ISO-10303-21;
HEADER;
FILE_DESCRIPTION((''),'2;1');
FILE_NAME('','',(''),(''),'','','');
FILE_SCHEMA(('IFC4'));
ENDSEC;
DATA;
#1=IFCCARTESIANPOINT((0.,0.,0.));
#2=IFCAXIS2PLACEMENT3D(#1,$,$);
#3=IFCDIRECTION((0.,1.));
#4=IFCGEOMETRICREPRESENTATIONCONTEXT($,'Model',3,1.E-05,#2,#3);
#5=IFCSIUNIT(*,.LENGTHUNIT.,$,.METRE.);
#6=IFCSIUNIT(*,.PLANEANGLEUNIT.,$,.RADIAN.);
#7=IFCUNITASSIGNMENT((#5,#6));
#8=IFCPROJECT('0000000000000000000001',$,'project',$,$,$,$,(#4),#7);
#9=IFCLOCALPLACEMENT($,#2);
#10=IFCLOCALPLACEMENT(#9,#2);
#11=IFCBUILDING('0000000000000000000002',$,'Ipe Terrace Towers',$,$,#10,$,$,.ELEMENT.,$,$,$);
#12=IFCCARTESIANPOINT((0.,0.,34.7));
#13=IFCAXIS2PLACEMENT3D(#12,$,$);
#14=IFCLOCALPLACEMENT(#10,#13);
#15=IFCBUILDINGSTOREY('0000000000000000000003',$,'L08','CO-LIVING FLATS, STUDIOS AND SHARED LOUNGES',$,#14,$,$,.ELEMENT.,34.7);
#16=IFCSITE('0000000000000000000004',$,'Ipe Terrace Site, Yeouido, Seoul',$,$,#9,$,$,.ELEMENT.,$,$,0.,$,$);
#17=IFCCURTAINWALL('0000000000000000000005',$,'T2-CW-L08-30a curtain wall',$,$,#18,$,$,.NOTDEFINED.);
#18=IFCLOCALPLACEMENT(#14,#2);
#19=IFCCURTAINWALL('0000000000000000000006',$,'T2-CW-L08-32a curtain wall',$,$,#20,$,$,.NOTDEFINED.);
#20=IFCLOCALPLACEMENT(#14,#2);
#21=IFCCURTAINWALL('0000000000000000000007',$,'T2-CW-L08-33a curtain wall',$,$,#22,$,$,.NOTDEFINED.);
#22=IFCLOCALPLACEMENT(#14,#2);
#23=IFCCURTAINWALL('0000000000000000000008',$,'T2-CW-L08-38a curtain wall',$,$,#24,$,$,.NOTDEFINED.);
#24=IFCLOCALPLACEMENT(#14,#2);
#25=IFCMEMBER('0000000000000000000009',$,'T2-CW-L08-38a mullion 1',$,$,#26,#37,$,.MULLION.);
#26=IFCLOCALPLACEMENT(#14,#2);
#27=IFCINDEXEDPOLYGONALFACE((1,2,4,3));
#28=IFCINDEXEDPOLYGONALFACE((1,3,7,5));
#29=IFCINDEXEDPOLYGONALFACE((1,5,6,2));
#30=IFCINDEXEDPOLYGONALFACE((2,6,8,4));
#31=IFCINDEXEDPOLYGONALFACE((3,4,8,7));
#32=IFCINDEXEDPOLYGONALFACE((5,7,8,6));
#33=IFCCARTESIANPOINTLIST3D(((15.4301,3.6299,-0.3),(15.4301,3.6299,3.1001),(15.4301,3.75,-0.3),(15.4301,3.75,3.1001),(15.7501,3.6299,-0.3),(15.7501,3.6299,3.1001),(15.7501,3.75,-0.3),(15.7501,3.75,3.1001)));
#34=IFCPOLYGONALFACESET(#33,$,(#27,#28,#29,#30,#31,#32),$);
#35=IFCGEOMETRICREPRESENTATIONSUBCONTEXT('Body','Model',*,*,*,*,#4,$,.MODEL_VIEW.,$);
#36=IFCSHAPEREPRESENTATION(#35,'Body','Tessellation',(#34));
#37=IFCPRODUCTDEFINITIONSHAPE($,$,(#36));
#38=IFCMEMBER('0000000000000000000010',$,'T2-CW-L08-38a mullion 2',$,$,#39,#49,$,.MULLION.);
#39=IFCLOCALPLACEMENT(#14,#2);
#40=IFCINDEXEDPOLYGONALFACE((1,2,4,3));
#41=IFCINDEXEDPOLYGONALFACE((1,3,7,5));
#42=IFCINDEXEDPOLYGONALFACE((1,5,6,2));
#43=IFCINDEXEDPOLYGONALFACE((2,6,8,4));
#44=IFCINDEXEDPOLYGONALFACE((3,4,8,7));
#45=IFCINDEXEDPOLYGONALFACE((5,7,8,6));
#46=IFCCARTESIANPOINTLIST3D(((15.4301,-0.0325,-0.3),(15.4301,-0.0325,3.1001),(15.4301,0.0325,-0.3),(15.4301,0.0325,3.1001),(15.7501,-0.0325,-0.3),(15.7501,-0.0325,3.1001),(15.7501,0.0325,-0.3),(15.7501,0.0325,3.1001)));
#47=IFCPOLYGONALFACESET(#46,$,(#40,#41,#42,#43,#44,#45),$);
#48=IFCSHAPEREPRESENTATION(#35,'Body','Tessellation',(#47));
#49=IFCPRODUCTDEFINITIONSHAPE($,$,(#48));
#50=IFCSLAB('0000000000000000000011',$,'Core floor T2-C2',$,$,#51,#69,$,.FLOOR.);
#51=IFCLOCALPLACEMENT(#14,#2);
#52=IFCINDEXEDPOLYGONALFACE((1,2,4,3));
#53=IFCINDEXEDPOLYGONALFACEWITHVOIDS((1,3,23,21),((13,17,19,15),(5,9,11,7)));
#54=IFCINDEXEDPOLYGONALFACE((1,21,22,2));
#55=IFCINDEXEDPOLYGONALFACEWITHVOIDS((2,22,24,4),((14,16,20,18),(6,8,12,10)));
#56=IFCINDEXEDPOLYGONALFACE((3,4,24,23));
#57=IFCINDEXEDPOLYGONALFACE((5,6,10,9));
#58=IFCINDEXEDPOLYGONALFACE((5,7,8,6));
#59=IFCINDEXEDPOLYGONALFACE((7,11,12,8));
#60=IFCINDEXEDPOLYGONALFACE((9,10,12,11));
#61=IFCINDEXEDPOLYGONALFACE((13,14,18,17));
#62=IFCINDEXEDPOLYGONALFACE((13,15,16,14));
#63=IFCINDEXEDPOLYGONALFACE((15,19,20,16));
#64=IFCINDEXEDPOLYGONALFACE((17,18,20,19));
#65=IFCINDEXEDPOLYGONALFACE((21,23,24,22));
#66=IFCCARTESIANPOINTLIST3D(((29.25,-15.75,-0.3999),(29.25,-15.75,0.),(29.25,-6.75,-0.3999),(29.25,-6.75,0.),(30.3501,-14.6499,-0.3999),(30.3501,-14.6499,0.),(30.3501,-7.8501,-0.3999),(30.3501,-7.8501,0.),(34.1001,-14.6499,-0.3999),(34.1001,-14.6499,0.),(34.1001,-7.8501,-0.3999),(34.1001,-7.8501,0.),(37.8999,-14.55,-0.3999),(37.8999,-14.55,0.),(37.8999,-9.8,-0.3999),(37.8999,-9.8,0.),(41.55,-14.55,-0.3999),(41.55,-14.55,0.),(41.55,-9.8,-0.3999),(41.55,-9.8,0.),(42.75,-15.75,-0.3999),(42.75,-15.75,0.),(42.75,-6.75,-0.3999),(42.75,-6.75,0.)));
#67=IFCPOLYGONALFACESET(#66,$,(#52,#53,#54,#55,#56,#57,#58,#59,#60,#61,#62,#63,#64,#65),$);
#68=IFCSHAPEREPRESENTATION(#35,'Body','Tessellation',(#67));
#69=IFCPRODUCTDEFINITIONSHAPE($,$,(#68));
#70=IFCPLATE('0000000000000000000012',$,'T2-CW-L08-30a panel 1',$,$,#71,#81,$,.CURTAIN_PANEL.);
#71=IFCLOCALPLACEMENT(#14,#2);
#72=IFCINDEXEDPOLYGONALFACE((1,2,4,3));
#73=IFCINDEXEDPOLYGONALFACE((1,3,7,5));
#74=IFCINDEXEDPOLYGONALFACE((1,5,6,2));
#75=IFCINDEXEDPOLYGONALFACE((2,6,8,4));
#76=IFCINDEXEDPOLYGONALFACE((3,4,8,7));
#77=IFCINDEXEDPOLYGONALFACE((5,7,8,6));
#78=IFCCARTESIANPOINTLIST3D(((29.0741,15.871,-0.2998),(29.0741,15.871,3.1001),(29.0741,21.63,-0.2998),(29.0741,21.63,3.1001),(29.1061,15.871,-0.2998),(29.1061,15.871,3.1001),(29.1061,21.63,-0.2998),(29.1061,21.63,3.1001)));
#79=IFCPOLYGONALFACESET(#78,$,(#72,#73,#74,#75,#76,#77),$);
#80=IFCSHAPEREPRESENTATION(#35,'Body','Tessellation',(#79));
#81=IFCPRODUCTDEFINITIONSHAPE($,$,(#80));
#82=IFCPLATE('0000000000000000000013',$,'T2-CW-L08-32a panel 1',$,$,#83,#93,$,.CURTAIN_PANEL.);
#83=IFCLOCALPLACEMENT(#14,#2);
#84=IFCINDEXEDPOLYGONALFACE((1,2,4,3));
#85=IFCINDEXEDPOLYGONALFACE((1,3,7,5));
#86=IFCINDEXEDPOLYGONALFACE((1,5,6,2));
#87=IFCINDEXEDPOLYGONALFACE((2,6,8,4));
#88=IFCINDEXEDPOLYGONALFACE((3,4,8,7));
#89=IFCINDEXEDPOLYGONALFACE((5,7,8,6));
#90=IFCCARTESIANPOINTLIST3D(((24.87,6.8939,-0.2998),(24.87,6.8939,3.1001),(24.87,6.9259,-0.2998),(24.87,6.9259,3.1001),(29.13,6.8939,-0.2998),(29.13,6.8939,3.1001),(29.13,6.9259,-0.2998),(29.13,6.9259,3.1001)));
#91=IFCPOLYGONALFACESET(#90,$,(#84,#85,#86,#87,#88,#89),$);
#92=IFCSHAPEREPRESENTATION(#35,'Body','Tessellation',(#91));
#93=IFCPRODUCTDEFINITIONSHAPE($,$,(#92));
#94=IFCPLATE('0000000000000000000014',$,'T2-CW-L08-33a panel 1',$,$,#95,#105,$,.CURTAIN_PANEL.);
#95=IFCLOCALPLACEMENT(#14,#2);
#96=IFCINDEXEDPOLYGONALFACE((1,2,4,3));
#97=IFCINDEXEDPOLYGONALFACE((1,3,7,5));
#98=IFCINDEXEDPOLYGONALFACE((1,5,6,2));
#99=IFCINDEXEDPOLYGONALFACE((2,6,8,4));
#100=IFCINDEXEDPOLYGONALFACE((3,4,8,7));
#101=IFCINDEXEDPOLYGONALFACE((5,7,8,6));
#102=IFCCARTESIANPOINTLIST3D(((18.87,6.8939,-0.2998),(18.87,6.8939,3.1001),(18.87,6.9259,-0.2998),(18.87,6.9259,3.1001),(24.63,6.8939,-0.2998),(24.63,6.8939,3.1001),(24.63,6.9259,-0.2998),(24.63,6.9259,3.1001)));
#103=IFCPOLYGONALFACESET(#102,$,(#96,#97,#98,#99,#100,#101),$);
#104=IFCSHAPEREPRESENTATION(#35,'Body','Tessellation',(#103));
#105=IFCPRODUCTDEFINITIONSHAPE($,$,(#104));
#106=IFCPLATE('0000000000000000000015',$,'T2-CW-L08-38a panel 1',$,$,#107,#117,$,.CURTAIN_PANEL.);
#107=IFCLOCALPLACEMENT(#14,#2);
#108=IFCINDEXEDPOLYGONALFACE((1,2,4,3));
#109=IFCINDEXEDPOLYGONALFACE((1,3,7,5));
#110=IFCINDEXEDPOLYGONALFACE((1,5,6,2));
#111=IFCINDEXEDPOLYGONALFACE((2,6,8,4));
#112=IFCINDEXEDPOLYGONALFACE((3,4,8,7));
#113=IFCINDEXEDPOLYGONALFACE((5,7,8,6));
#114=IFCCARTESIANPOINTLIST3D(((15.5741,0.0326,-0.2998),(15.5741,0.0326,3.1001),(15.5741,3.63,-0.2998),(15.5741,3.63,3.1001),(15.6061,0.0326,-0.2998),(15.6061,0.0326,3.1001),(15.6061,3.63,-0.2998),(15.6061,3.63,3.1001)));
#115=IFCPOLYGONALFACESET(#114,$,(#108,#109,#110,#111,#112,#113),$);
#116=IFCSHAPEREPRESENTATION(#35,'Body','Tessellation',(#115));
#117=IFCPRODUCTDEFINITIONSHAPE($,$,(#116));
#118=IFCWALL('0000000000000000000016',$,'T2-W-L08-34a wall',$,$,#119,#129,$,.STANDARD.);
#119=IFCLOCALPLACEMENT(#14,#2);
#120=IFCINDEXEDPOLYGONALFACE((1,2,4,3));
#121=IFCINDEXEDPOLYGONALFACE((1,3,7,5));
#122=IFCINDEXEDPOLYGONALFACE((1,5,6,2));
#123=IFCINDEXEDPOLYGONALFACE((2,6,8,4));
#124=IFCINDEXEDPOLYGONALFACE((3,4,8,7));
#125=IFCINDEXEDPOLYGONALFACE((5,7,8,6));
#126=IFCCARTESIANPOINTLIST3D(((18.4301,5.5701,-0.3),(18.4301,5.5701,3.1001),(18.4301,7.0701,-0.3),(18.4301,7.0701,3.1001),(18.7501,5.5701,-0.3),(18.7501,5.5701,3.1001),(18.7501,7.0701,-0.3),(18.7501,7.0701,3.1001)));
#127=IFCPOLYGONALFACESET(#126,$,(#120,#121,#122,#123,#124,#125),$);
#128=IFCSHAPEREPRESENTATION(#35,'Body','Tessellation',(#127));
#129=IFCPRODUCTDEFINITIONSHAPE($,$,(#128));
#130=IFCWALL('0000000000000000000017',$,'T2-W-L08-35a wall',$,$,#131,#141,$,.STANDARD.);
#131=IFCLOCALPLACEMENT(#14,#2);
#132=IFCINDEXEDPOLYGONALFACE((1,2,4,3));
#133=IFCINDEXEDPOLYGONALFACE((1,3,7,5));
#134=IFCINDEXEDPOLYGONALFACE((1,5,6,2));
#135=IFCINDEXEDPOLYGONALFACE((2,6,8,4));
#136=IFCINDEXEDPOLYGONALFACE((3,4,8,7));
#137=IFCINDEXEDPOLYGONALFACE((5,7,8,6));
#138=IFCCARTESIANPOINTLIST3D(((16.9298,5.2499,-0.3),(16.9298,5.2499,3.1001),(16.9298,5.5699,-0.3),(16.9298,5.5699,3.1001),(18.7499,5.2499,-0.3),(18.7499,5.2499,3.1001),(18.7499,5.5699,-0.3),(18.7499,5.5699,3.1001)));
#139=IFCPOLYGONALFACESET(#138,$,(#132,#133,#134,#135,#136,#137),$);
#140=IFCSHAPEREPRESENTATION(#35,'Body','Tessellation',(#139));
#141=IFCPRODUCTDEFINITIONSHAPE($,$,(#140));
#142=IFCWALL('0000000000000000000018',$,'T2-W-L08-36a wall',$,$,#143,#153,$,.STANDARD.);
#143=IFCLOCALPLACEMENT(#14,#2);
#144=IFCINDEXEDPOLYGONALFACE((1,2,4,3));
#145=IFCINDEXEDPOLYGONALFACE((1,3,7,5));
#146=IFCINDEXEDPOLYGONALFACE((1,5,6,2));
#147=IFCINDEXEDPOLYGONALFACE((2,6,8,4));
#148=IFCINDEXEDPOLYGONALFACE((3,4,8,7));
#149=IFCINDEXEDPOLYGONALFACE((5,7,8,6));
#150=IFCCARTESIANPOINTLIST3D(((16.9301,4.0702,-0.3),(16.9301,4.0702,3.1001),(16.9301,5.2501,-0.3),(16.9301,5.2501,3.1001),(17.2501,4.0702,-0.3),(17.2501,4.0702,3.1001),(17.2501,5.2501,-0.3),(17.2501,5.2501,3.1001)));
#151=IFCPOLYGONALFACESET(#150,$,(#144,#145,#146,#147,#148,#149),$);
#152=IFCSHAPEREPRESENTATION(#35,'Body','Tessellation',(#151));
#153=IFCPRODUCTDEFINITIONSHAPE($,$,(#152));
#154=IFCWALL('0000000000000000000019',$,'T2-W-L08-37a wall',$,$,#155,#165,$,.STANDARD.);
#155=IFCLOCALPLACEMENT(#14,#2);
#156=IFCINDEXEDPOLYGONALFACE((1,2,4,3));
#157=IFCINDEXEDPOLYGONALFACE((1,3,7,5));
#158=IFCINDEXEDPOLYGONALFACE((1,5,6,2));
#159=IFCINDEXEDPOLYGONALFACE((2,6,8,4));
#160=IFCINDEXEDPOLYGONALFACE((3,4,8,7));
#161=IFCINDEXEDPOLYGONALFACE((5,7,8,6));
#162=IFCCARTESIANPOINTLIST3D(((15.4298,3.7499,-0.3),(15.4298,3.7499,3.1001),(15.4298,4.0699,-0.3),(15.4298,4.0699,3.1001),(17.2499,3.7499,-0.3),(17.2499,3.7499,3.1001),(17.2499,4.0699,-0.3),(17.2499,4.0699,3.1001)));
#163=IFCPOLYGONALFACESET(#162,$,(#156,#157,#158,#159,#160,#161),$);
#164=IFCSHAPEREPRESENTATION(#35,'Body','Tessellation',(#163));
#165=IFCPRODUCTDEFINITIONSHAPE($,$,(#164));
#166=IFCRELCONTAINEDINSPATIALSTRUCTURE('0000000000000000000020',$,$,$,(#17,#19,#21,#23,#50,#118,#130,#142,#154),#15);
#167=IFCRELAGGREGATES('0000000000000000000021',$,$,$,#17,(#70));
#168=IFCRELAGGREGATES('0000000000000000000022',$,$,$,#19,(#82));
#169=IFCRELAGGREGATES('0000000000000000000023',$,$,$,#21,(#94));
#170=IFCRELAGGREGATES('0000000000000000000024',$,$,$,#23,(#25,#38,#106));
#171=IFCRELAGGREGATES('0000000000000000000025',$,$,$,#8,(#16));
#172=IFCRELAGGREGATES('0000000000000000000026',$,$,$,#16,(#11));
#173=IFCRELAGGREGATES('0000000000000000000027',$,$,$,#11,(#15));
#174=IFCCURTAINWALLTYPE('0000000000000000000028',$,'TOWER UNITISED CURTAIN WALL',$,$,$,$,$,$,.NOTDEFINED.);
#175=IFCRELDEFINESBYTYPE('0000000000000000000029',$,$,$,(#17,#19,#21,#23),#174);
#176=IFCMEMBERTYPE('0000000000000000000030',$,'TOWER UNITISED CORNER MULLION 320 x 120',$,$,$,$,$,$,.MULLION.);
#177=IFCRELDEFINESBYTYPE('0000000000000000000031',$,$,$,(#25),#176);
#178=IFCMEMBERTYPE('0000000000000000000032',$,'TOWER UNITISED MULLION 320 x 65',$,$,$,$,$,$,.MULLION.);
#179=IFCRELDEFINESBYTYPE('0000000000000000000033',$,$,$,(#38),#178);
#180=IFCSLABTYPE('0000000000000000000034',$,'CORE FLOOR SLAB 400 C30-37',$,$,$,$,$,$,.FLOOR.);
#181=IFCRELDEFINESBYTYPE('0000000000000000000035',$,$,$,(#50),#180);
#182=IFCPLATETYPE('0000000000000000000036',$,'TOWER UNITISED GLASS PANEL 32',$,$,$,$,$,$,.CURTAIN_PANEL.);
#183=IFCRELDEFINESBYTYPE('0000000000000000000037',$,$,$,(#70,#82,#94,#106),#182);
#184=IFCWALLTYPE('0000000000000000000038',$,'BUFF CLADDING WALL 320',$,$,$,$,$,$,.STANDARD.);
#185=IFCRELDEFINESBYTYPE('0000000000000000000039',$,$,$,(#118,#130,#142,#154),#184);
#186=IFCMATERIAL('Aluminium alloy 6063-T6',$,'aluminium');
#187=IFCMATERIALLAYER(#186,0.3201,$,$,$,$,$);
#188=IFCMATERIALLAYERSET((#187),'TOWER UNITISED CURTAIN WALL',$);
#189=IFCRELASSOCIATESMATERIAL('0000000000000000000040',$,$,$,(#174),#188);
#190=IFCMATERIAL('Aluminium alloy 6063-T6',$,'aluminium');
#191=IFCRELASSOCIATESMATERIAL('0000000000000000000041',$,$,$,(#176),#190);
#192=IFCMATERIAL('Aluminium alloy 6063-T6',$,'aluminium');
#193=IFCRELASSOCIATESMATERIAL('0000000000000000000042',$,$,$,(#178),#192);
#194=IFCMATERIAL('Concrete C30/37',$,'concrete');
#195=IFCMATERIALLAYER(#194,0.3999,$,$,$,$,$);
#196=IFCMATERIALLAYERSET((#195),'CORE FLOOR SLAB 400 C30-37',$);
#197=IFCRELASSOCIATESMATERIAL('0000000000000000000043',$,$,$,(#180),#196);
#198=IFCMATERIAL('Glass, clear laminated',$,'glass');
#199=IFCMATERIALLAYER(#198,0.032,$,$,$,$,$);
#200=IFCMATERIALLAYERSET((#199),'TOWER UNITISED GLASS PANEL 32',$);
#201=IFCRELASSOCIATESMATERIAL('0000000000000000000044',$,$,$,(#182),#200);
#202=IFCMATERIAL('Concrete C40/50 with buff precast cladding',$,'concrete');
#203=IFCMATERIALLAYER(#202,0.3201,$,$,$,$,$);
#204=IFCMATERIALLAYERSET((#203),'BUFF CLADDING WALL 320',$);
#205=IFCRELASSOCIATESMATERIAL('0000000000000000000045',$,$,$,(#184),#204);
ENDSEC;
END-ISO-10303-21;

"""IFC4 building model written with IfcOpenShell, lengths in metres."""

from ifc_helpers import new_model, si_unit, direction, frame, frame_2d, origin, origin_2d, place, context, subcontext, project, spatial, polyline, rectangle, outline, extrude, material, layer, layer_set, material_profile, profile_set, type_object, element, aggregate, save


model = new_model("IFC4")

# Units and contexts
model_context = context("Model", 3, precision=1e-05, world=origin(), true_north=direction((0.0, 1.0)))
body_context = subcontext(model_context, "Body", "Model", "MODEL_VIEW")
ifc_project = project(units=[si_unit("LENGTHUNIT", "METRE"), si_unit("PLANEANGLEUNIT", "RADIAN")], contexts=[model_context])

# Site, building, storey
site_placement = place(None, origin())
site = spatial("IfcSite", under=ifc_project, at=site_placement, Name="Ipe Terrace Site, Yeouido, Seoul", CompositionType="ELEMENT", RefElevation=0.0)
building_placement = place(site_placement, origin())
building = spatial("IfcBuilding", under=site, at=building_placement, Name="Ipe Terrace Towers", CompositionType="ELEMENT")
storey_placement = place(building_placement, frame((0.0, 0.0, 34.7)))
storey = spatial("IfcBuildingStorey", under=building, at=storey_placement, Name="L08", Description="CO-LIVING FLATS, STUDIOS AND SHARED LOUNGES", CompositionType="ELEMENT", Elevation=34.7)

# Curtain walls
ifc_material_1 = material(Name="Aluminium alloy 6063-T6", Category="aluminium")
ifc_layer_1 = layer(ifc_material_1, 0.3201)
ifc_layer_set_1 = layer_set([ifc_layer_1], Name="TOWER UNITISED CURTAIN WALL")
curtain_wall_type = type_object("IfcCurtainWallType", Name="TOWER UNITISED CURTAIN WALL", PredefinedType="NOTDEFINED", material=ifc_layer_set_1)
curtain_wall_1_placement = place(storey_placement, origin())
curtain_wall_1 = element("IfcCurtainWall", 1, at=curtain_wall_1_placement, inside=storey, type_object=curtain_wall_type, Name="T2-CW-L08-30a curtain wall", PredefinedType="NOTDEFINED")
ifc_material_2 = material(Name="Aluminium alloy 6063-T6", Category="aluminium")
ifc_material_profile_1 = material_profile(ifc_material_2, rectangle(XDim=0.3201, YDim=0.1201, at=origin_2d()), Name="TOWER UNITISED CORNER MULLION 320 x 120")
ifc_profile_set_1 = profile_set([ifc_material_profile_1], Name="Aluminium alloy 6063-T6")
member_type_1 = type_object("IfcMemberType", Name="TOWER UNITISED CORNER MULLION 320 x 120", PredefinedType="MULLION", material=ifc_profile_set_1)
curtain_wall_2_placement = place(storey_placement, origin())
curtain_wall_2 = element("IfcCurtainWall", 2, at=curtain_wall_2_placement, inside=storey, type_object=curtain_wall_type, Name="T2-CW-L08-32a curtain wall", PredefinedType="NOTDEFINED")

# Curtain walls, members
curtain_wall_3_placement = place(storey_placement, origin())
curtain_wall_3 = element("IfcCurtainWall", 3, at=curtain_wall_3_placement, inside=storey, type_object=curtain_wall_type, Name="T2-CW-L08-33a curtain wall", PredefinedType="NOTDEFINED")
curtain_wall_4_placement = place(storey_placement, origin())
curtain_wall_4 = element("IfcCurtainWall", 4, at=curtain_wall_4_placement, inside=storey, type_object=curtain_wall_type, Name="T2-CW-L08-38a curtain wall", PredefinedType="NOTDEFINED")
member_1_placement = place(storey_placement, frame((15.5901, 3.6899, -0.3), z_axis=(0.0, 0.0, 1.0), x_axis=(-1.0, 0.0, 0.0)))
member_1 = element("IfcMember", 5, at=member_1_placement, type_object=member_type_1, Name="T2-CW-L08-38a mullion 1", PredefinedType="MULLION", context=body_context, shape_type="SweptSolid", body=[
    extrude(rectangle(XDim=0.3201, YDim=0.1201, at=origin_2d()), origin(), (0.0, 0.0, 1.0), 3.4001),
])
ifc_material_3 = material(Name="Aluminium alloy 6063-T6", Category="aluminium")
ifc_material_profile_2 = material_profile(ifc_material_3, rectangle(XDim=0.3201, YDim=0.0649, at=origin_2d()), Name="TOWER UNITISED MULLION 320 x 65")
ifc_profile_set_2 = profile_set([ifc_material_profile_2], Name="Aluminium alloy 6063-T6")
member_type_2 = type_object("IfcMemberType", Name="TOWER UNITISED MULLION 320 x 65", PredefinedType="MULLION", material=ifc_profile_set_2)
member_2_placement = place(storey_placement, frame((15.5901, 0.0, -0.3), z_axis=(0.0, 0.0, 1.0), x_axis=(-1.0, 0.0, 0.0)))
member_2 = element("IfcMember", 6, at=member_2_placement, type_object=member_type_2, Name="T2-CW-L08-38a mullion 2", PredefinedType="MULLION", context=body_context, shape_type="SweptSolid", body=[
    extrude(rectangle(XDim=0.3201, YDim=0.0649, at=origin_2d()), origin(), (0.0, 0.0, 1.0), 3.4001),
])

# Slab
ifc_material_4 = material(Name="Concrete C30/37", Category="concrete")
ifc_layer_2 = layer(ifc_material_4, 0.3999)
ifc_layer_set_2 = layer_set([ifc_layer_2], Name="CORE FLOOR SLAB 400 C30-37")
slab_type = type_object("IfcSlabType", Name="CORE FLOOR SLAB 400 C30-37", PredefinedType="FLOOR", material=ifc_layer_set_2)
slab_placement = place(storey_placement, frame((0.0, 0.0, -0.3999)))
element("IfcSlab", 7, at=slab_placement, inside=storey, type_object=slab_type, Name="Core floor T2-C2", PredefinedType="FLOOR", context=body_context, shape_type="SweptSolid", body=[
    extrude(outline(polyline([(29.25, -15.75), (29.25, -6.75), (42.75, -6.75), (42.75, -15.75), (29.25, -15.75)]), holes=[polyline([(34.1001, -14.6499), (34.1001, -7.8501), (30.3501, -7.8501), (30.3501, -14.6499), (34.1001, -14.6499)]), polyline([(41.55, -9.8), (37.8999, -9.8), (37.8999, -14.55), (41.55, -14.55), (41.55, -9.8)])]), origin(), (0.0, 0.0, 1.0), 0.3999),
])

# Plates
ifc_material_5 = material(Name="Glass, clear laminated", Category="glass")
ifc_layer_3 = layer(ifc_material_5, 0.032)
ifc_layer_set_3 = layer_set([ifc_layer_3], Name="TOWER UNITISED GLASS PANEL 32")
plate_type = type_object("IfcPlateType", Name="TOWER UNITISED GLASS PANEL 32", PredefinedType="CURTAIN_PANEL", material=ifc_layer_set_3)
plate_1_placement = place(storey_placement, frame((29.0901, 18.7505, -0.2998), z_axis=(0.0, 0.0, 1.0), x_axis=(0.0, -1.0, 0.0)))
plate_1 = element("IfcPlate", 8, at=plate_1_placement, type_object=plate_type, Name="T2-CW-L08-30a panel 1", PredefinedType="CURTAIN_PANEL", context=body_context, shape_type="SweptSolid", body=[
    extrude(rectangle(XDim=5.759, YDim=0.032, at=origin_2d()), origin(), (0.0, 0.0, 1.0), 3.3999),
])
aggregate(curtain_wall_1, [plate_1])
plate_2_placement = place(storey_placement, frame((27.0, 6.9099, -0.2998), z_axis=(0.0, 0.0, 1.0), x_axis=(-1.0, 0.0, 0.0)))
plate_2 = element("IfcPlate", 9, at=plate_2_placement, type_object=plate_type, Name="T2-CW-L08-32a panel 1", PredefinedType="CURTAIN_PANEL", context=body_context, shape_type="SweptSolid", body=[
    extrude(rectangle(XDim=4.26, YDim=0.032, at=origin_2d()), origin(), (0.0, 0.0, 1.0), 3.3999),
])
aggregate(curtain_wall_2, [plate_2])
plate_3_placement = place(storey_placement, frame((21.75, 6.9099, -0.2998), z_axis=(0.0, 0.0, 1.0), x_axis=(-1.0, 0.0, 0.0)))
plate_3 = element("IfcPlate", 10, at=plate_3_placement, type_object=plate_type, Name="T2-CW-L08-33a panel 1", PredefinedType="CURTAIN_PANEL", context=body_context, shape_type="SweptSolid", body=[
    extrude(rectangle(XDim=5.76, YDim=0.032, at=origin_2d()), origin(), (0.0, 0.0, 1.0), 3.3999),
])
aggregate(curtain_wall_3, [plate_3])
plate_4_placement = place(storey_placement, frame((15.5901, 1.8313, -0.2998), z_axis=(0.0, 0.0, 1.0), x_axis=(0.0, -1.0, 0.0)))
plate_4 = element("IfcPlate", 11, at=plate_4_placement, type_object=plate_type, Name="T2-CW-L08-38a panel 1", PredefinedType="CURTAIN_PANEL", context=body_context, shape_type="SweptSolid", body=[
    extrude(rectangle(XDim=3.5974, YDim=0.032, at=origin_2d()), origin(), (0.0, 0.0, 1.0), 3.3999),
])
aggregate(curtain_wall_4, [member_1, member_2, plate_4])

# Walls
ifc_material_6 = material(Name="Concrete C40/50 with buff precast cladding", Category="concrete")
ifc_layer_4 = layer(ifc_material_6, 0.3201)
ifc_layer_set_4 = layer_set([ifc_layer_4], Name="BUFF CLADDING WALL 320")
wall_type_1 = type_object("IfcWallType", Name="BUFF CLADDING WALL 320", PredefinedType="STANDARD", material=ifc_layer_set_4)
wall_1_placement = place(storey_placement, frame((18.5901, 7.0701, -0.3), z_axis=(0.0, 0.0, 1.0), x_axis=(0.0, -1.0, 0.0)))
element("IfcWall", 12, at=wall_1_placement, inside=storey, type_object=wall_type_1, Name="T2-W-L08-34a wall", PredefinedType="STANDARD", context=body_context, shape_type="SweptSolid", body=[
    extrude(rectangle(XDim=1.5, YDim=0.3201, at=frame_2d((0.75, 0.0))), origin(), (0.0, 0.0, 1.0), 3.4001),
])
wall_2_placement = place(storey_placement, frame((18.75, 5.4099, -0.3), z_axis=(0.0, 0.0, 1.0), x_axis=(-1.0, 0.0, 0.0)))
element("IfcWall", 13, at=wall_2_placement, inside=storey, type_object=wall_type_1, Name="T2-W-L08-35a wall", PredefinedType="STANDARD", context=body_context, shape_type="SweptSolid", body=[
    extrude(rectangle(XDim=1.8201, YDim=0.3201, at=frame_2d((0.9102, 0.0))), origin(), (0.0, 0.0, 1.0), 3.4001),
])
wall_3_placement = place(storey_placement, frame((17.0901, 5.25, -0.3), z_axis=(0.0, 0.0, 1.0), x_axis=(0.0, -1.0, 0.0)))
element("IfcWall", 14, at=wall_3_placement, inside=storey, type_object=wall_type_1, Name="T2-W-L08-36a wall", PredefinedType="STANDARD", context=body_context, shape_type="SweptSolid", body=[
    extrude(rectangle(XDim=1.1799, YDim=0.3201, at=frame_2d((0.5898, 0.0))), origin(), (0.0, 0.0, 1.0), 3.4001),
])
wall_4_placement = place(storey_placement, frame((17.25, 3.9099, -0.3), z_axis=(0.0, 0.0, 1.0), x_axis=(-1.0, 0.0, 0.0)))
element("IfcWall", 15, at=wall_4_placement, inside=storey, type_object=wall_type_1, Name="T2-W-L08-37a wall", PredefinedType="STANDARD", context=body_context, shape_type="SweptSolid", body=[
    extrude(rectangle(XDim=1.8201, YDim=0.3201, at=frame_2d((0.9102, 0.0))), origin(), (0.0, 0.0, 1.0), 3.4001),
])

save(model, "model.ifc")
